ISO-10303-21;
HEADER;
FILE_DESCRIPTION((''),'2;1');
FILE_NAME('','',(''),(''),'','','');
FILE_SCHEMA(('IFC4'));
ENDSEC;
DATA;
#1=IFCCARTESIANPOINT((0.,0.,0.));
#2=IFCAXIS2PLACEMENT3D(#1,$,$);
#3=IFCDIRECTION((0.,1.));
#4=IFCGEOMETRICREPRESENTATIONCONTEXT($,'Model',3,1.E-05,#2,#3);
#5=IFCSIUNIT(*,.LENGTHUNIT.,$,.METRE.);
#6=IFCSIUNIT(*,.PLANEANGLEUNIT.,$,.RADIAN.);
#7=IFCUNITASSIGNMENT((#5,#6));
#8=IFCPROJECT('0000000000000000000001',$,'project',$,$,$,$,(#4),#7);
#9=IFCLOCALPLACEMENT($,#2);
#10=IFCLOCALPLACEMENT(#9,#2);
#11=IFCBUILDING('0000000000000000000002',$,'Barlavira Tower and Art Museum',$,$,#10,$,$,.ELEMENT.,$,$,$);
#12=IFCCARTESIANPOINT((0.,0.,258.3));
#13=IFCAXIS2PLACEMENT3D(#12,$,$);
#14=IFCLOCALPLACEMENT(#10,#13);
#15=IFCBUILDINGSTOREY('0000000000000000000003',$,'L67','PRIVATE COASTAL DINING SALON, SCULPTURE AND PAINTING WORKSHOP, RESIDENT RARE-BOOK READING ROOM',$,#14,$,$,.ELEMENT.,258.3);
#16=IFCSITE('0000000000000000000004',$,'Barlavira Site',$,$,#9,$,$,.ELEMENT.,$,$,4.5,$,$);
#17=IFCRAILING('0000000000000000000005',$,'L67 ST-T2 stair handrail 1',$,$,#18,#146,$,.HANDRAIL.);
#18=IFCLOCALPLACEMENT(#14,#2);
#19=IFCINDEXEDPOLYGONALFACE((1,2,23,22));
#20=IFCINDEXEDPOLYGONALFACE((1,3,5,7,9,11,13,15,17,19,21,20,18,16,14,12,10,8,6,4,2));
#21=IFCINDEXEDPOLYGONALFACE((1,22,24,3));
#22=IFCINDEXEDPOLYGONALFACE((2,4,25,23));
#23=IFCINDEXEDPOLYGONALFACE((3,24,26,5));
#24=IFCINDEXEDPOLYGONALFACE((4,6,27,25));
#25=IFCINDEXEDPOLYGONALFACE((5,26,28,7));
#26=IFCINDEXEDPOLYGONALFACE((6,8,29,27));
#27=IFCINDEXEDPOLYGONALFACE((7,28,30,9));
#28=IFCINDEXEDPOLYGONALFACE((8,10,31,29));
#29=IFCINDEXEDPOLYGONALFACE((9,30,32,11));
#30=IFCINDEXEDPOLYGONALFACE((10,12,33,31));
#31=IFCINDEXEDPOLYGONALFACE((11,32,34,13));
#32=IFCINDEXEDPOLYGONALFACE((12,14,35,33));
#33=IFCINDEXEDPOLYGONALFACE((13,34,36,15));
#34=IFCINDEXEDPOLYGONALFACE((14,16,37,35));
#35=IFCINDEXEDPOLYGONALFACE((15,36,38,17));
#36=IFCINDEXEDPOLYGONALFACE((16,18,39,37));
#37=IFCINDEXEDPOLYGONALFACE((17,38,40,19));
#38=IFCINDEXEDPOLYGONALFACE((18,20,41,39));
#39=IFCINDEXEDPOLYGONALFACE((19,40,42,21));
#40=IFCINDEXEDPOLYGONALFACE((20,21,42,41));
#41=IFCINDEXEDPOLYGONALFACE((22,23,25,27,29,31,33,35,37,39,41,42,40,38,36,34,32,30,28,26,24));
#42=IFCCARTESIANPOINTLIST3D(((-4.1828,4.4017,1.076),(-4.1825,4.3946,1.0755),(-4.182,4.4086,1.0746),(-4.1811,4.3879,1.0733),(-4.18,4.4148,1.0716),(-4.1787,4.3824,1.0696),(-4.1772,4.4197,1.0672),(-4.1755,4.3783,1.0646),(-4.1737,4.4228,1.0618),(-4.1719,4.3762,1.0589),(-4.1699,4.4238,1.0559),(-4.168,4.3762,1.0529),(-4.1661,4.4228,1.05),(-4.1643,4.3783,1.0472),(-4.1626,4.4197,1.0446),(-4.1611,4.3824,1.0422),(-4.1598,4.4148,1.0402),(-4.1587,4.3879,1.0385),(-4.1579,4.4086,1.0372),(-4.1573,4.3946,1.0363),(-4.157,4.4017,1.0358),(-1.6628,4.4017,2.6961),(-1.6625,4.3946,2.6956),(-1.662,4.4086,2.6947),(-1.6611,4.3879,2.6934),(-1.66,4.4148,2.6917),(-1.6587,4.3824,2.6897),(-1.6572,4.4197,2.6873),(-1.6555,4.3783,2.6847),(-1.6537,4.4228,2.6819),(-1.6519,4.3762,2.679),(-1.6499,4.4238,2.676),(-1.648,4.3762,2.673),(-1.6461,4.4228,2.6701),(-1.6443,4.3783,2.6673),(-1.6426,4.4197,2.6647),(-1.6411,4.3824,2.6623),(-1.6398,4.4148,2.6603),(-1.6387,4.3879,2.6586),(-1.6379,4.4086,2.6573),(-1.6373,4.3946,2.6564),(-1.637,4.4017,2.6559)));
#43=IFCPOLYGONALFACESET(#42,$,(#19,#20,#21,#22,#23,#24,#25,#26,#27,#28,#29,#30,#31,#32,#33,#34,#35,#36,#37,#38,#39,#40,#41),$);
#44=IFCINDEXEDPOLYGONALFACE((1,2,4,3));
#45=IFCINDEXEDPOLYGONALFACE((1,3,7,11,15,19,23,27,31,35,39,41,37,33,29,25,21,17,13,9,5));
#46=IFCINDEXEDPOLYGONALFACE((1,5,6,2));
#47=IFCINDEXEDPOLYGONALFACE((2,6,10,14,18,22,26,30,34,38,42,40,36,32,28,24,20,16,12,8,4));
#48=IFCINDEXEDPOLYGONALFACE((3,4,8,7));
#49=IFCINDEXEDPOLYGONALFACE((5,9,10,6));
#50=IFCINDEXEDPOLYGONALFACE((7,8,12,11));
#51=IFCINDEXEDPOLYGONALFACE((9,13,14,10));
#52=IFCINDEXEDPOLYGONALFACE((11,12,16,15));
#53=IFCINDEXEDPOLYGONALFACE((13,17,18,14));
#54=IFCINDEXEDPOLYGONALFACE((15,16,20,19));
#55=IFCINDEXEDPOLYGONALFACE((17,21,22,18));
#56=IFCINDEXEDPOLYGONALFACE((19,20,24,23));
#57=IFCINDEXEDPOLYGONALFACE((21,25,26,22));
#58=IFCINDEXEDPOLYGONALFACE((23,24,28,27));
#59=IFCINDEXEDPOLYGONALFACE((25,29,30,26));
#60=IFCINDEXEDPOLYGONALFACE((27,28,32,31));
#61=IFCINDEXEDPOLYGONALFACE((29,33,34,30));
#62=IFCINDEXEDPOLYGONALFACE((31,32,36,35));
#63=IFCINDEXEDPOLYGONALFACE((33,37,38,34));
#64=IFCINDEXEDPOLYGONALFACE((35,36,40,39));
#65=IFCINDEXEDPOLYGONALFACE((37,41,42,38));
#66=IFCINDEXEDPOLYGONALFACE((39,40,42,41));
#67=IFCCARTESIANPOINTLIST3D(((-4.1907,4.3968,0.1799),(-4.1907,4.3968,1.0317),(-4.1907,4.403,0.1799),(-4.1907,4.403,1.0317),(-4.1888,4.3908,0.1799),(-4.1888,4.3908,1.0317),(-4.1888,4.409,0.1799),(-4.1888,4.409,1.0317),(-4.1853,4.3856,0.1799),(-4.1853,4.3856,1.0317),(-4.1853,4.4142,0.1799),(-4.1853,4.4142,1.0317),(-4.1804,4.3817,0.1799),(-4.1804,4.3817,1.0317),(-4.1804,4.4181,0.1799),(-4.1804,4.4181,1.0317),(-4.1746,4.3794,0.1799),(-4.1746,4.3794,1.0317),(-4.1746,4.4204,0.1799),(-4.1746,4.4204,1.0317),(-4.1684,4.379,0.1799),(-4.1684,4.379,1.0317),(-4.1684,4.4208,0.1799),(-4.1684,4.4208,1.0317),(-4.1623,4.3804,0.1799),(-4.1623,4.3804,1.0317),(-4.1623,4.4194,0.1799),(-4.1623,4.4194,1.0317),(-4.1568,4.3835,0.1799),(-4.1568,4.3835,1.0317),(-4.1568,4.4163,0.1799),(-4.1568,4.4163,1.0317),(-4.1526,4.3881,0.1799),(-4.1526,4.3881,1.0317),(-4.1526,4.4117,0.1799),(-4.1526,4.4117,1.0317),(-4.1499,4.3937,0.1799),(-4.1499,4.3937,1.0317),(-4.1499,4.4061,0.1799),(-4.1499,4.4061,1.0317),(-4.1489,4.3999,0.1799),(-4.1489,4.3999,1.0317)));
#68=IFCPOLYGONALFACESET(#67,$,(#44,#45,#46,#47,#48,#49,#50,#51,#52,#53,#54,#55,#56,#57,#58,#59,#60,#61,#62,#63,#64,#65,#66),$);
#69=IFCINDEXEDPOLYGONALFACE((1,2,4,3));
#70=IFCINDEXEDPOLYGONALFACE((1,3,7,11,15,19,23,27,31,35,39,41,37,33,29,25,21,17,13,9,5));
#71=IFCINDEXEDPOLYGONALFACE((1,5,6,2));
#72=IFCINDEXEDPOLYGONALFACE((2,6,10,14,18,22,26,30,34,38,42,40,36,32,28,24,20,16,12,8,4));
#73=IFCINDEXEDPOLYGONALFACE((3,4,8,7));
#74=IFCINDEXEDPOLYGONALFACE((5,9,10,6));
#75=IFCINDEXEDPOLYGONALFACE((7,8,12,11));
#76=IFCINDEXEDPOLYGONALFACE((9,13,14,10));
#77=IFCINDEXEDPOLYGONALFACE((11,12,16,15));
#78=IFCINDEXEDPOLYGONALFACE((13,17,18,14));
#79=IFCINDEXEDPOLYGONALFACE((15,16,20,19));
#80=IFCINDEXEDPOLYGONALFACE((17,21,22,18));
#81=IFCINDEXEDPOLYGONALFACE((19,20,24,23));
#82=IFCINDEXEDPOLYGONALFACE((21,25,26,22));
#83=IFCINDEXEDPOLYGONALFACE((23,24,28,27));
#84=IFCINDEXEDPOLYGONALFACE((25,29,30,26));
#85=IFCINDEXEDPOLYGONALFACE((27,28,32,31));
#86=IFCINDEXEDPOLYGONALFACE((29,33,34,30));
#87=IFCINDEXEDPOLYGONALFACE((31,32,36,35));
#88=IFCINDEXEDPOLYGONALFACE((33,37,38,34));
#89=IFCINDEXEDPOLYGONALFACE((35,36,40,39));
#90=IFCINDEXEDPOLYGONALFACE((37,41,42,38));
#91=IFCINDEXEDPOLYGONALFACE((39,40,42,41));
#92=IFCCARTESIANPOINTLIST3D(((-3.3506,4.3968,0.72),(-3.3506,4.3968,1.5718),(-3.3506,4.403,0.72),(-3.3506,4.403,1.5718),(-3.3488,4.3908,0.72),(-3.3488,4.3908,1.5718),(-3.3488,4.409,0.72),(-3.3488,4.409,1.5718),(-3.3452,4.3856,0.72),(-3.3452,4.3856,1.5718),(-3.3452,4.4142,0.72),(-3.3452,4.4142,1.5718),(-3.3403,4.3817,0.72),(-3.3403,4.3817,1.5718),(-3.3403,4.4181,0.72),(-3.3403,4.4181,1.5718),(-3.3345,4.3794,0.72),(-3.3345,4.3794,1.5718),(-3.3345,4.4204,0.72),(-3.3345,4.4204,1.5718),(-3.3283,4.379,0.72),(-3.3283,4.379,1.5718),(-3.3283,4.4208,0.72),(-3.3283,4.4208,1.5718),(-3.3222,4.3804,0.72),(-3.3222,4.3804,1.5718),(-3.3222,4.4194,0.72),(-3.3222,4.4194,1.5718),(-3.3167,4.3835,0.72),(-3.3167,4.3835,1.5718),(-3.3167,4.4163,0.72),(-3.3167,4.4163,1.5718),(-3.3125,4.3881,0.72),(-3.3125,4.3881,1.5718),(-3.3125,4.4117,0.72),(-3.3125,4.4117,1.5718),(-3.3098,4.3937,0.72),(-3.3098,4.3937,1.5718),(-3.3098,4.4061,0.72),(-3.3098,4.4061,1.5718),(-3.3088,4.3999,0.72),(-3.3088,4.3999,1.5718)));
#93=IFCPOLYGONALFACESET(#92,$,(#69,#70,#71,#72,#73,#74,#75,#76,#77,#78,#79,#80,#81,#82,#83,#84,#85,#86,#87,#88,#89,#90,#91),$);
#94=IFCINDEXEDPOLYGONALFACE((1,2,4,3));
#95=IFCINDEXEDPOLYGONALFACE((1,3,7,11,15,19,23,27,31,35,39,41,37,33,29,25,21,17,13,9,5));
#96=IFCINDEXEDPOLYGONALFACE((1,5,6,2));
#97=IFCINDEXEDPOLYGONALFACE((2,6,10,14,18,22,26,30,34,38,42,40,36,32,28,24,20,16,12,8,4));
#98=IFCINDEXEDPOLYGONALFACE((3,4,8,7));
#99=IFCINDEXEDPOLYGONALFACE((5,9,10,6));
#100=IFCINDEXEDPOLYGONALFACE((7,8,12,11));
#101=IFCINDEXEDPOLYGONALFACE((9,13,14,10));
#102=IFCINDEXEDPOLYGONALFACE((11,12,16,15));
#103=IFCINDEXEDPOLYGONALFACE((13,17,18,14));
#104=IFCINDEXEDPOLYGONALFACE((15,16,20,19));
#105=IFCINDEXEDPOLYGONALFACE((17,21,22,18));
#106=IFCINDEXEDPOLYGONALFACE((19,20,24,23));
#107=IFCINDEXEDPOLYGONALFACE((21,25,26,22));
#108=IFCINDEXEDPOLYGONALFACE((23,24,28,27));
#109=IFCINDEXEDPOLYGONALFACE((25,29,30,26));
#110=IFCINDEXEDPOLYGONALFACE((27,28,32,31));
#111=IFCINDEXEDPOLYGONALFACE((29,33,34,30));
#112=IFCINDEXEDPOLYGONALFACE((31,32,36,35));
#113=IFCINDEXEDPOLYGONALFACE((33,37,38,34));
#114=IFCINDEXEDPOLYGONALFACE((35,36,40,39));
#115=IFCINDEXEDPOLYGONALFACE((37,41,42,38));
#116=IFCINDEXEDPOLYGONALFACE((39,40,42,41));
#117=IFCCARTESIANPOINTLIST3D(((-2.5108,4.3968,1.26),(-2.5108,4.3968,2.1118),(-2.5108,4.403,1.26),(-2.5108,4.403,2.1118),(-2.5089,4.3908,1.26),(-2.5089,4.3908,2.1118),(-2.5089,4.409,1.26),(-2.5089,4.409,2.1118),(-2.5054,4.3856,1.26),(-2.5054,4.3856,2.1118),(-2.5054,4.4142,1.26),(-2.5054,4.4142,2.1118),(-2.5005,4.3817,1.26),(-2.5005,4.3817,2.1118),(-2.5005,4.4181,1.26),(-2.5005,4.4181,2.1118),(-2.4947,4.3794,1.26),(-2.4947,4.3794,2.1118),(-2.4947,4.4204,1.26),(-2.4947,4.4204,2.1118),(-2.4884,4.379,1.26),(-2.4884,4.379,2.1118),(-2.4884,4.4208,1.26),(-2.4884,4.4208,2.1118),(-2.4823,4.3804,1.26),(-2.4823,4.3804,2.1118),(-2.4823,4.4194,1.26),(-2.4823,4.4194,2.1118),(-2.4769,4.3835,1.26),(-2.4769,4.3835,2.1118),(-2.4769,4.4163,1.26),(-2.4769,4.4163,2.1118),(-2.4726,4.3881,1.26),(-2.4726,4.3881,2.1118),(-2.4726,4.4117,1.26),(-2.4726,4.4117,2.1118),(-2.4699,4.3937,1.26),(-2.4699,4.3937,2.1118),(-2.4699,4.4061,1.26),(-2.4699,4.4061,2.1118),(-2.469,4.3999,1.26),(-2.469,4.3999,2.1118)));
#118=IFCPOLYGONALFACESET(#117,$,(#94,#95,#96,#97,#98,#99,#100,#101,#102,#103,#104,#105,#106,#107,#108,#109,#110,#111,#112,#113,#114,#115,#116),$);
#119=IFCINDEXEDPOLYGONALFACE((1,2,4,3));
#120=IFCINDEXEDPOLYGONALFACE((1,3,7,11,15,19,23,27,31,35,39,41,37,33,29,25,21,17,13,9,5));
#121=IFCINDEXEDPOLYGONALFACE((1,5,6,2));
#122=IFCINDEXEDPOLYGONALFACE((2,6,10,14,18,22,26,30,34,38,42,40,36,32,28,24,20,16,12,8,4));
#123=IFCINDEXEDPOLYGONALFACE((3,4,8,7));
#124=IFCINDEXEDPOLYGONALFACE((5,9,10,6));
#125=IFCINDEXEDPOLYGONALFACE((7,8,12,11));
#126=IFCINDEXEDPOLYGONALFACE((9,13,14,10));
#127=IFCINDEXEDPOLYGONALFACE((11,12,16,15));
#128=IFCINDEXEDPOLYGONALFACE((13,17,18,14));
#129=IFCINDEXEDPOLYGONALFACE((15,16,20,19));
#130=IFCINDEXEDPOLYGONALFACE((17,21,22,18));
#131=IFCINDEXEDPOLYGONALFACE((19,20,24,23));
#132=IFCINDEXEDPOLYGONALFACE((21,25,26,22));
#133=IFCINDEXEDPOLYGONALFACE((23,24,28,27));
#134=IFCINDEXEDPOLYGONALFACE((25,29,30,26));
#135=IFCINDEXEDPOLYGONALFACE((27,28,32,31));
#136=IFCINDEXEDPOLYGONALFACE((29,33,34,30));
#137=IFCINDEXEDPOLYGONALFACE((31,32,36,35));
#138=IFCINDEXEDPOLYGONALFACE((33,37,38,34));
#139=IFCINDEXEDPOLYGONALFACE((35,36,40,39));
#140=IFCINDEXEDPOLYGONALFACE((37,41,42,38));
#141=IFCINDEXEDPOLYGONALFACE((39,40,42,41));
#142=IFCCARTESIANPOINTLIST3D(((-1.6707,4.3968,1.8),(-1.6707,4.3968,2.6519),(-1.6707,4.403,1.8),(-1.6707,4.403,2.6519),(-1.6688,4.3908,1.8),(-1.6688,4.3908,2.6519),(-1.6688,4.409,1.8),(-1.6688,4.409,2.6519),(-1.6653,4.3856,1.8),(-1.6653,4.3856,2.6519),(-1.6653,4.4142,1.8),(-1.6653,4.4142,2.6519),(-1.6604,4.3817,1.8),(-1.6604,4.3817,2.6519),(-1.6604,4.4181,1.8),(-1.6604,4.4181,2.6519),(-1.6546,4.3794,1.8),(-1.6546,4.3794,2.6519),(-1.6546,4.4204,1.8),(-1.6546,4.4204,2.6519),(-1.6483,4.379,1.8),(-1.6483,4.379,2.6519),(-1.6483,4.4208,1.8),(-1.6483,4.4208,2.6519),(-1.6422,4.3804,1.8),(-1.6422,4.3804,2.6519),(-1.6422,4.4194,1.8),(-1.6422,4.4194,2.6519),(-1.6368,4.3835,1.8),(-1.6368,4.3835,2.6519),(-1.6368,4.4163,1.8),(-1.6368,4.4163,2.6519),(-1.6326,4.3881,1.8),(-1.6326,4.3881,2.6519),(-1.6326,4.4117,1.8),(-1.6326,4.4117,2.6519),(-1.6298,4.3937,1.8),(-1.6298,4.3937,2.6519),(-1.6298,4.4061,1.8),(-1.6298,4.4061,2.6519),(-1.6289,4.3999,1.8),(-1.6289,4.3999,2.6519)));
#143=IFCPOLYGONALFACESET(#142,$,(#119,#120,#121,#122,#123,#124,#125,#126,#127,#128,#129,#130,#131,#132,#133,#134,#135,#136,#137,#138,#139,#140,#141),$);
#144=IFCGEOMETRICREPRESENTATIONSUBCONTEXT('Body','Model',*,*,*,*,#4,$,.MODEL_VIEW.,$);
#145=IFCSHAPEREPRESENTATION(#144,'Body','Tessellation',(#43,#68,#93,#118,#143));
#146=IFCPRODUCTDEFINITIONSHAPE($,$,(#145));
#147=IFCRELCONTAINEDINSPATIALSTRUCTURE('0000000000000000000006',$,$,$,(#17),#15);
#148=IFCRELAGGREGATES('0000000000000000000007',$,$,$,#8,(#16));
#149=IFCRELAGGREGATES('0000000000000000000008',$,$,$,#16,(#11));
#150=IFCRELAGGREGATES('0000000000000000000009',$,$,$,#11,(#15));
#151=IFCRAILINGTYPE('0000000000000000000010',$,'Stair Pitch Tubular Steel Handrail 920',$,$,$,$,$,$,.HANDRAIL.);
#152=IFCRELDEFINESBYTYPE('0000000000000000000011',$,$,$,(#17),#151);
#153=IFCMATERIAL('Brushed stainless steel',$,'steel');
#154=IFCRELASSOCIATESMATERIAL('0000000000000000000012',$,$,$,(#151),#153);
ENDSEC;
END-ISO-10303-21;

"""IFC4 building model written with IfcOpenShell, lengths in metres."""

from ifc_helpers import new_model, si_unit, direction, frame, origin, origin_2d, place, context, subcontext, project, spatial, circle, extrude, material, type_object, element, save


model = new_model("IFC4")

# Units and contexts
model_context = context("Model", 3, precision=1e-05, world=origin(), true_north=direction((0.0, 1.0)))
body_context = subcontext(model_context, "Body", "Model", "MODEL_VIEW")
ifc_project = project(units=[si_unit("LENGTHUNIT", "METRE"), si_unit("PLANEANGLEUNIT", "RADIAN")], contexts=[model_context])

# Site, building, storey
site_placement = place(None, origin())
site = spatial("IfcSite", under=ifc_project, at=site_placement, Name="Barlavira Site", CompositionType="ELEMENT", RefElevation=4.5)
building_placement = place(site_placement, origin())
building = spatial("IfcBuilding", under=site, at=building_placement, Name="Barlavira Tower and Art Museum", CompositionType="ELEMENT")
storey_placement = place(building_placement, frame((0.0, 0.0, 258.3)))
storey = spatial("IfcBuildingStorey", under=building, at=storey_placement, Name="L67", Description="PRIVATE COASTAL DINING SALON, SCULPTURE AND PAINTING WORKSHOP, RESIDENT RARE-BOOK READING ROOM", CompositionType="ELEMENT", Elevation=258.3)

# Shared definitions
ifc_material_1 = material(Name="Brushed stainless steel", Category="steel")

# Railing
railing_type_1 = type_object("IfcRailingType", Name="Stair Pitch Tubular Steel Handrail 920", PredefinedType="HANDRAIL", material=ifc_material_1)
railing_1_placement = place(storey_placement, frame((-4.1699, 4.3999, 0.1799)))
element("IfcRailing", 1, at=railing_1_placement, inside=storey, type_object=railing_type_1, Name="L67 ST-T2 stair handrail 1", PredefinedType="HANDRAIL", context=body_context, shape_type="SweptSolid", body=[
    extrude(circle(Radius=0.0239, at=origin_2d()), frame((0.0, 0.0, 0.876), z_axis=(0.841163, 0.0, 0.540782), x_axis=(0.0, 1.0, 0.0)), (0.0, 0.0, 1.0), 2.9958),
    extrude(circle(Radius=0.021, at=origin_2d()), origin(), (0.0, 0.0, 1.0), 0.8518),
    extrude(circle(Radius=0.021, at=origin_2d()), frame((0.8401, 0.0, 0.54)), (0.0, 0.0, 1.0), 0.8518),
    extrude(circle(Radius=0.021, at=origin_2d()), frame((1.6799, 0.0, 1.0801)), (0.0, 0.0, 1.0), 0.8518),
    extrude(circle(Radius=0.021, at=origin_2d()), frame((2.52, 0.0, 1.6201)), (0.0, 0.0, 1.0), 0.8518),
])

save(model, "model.ifc")
